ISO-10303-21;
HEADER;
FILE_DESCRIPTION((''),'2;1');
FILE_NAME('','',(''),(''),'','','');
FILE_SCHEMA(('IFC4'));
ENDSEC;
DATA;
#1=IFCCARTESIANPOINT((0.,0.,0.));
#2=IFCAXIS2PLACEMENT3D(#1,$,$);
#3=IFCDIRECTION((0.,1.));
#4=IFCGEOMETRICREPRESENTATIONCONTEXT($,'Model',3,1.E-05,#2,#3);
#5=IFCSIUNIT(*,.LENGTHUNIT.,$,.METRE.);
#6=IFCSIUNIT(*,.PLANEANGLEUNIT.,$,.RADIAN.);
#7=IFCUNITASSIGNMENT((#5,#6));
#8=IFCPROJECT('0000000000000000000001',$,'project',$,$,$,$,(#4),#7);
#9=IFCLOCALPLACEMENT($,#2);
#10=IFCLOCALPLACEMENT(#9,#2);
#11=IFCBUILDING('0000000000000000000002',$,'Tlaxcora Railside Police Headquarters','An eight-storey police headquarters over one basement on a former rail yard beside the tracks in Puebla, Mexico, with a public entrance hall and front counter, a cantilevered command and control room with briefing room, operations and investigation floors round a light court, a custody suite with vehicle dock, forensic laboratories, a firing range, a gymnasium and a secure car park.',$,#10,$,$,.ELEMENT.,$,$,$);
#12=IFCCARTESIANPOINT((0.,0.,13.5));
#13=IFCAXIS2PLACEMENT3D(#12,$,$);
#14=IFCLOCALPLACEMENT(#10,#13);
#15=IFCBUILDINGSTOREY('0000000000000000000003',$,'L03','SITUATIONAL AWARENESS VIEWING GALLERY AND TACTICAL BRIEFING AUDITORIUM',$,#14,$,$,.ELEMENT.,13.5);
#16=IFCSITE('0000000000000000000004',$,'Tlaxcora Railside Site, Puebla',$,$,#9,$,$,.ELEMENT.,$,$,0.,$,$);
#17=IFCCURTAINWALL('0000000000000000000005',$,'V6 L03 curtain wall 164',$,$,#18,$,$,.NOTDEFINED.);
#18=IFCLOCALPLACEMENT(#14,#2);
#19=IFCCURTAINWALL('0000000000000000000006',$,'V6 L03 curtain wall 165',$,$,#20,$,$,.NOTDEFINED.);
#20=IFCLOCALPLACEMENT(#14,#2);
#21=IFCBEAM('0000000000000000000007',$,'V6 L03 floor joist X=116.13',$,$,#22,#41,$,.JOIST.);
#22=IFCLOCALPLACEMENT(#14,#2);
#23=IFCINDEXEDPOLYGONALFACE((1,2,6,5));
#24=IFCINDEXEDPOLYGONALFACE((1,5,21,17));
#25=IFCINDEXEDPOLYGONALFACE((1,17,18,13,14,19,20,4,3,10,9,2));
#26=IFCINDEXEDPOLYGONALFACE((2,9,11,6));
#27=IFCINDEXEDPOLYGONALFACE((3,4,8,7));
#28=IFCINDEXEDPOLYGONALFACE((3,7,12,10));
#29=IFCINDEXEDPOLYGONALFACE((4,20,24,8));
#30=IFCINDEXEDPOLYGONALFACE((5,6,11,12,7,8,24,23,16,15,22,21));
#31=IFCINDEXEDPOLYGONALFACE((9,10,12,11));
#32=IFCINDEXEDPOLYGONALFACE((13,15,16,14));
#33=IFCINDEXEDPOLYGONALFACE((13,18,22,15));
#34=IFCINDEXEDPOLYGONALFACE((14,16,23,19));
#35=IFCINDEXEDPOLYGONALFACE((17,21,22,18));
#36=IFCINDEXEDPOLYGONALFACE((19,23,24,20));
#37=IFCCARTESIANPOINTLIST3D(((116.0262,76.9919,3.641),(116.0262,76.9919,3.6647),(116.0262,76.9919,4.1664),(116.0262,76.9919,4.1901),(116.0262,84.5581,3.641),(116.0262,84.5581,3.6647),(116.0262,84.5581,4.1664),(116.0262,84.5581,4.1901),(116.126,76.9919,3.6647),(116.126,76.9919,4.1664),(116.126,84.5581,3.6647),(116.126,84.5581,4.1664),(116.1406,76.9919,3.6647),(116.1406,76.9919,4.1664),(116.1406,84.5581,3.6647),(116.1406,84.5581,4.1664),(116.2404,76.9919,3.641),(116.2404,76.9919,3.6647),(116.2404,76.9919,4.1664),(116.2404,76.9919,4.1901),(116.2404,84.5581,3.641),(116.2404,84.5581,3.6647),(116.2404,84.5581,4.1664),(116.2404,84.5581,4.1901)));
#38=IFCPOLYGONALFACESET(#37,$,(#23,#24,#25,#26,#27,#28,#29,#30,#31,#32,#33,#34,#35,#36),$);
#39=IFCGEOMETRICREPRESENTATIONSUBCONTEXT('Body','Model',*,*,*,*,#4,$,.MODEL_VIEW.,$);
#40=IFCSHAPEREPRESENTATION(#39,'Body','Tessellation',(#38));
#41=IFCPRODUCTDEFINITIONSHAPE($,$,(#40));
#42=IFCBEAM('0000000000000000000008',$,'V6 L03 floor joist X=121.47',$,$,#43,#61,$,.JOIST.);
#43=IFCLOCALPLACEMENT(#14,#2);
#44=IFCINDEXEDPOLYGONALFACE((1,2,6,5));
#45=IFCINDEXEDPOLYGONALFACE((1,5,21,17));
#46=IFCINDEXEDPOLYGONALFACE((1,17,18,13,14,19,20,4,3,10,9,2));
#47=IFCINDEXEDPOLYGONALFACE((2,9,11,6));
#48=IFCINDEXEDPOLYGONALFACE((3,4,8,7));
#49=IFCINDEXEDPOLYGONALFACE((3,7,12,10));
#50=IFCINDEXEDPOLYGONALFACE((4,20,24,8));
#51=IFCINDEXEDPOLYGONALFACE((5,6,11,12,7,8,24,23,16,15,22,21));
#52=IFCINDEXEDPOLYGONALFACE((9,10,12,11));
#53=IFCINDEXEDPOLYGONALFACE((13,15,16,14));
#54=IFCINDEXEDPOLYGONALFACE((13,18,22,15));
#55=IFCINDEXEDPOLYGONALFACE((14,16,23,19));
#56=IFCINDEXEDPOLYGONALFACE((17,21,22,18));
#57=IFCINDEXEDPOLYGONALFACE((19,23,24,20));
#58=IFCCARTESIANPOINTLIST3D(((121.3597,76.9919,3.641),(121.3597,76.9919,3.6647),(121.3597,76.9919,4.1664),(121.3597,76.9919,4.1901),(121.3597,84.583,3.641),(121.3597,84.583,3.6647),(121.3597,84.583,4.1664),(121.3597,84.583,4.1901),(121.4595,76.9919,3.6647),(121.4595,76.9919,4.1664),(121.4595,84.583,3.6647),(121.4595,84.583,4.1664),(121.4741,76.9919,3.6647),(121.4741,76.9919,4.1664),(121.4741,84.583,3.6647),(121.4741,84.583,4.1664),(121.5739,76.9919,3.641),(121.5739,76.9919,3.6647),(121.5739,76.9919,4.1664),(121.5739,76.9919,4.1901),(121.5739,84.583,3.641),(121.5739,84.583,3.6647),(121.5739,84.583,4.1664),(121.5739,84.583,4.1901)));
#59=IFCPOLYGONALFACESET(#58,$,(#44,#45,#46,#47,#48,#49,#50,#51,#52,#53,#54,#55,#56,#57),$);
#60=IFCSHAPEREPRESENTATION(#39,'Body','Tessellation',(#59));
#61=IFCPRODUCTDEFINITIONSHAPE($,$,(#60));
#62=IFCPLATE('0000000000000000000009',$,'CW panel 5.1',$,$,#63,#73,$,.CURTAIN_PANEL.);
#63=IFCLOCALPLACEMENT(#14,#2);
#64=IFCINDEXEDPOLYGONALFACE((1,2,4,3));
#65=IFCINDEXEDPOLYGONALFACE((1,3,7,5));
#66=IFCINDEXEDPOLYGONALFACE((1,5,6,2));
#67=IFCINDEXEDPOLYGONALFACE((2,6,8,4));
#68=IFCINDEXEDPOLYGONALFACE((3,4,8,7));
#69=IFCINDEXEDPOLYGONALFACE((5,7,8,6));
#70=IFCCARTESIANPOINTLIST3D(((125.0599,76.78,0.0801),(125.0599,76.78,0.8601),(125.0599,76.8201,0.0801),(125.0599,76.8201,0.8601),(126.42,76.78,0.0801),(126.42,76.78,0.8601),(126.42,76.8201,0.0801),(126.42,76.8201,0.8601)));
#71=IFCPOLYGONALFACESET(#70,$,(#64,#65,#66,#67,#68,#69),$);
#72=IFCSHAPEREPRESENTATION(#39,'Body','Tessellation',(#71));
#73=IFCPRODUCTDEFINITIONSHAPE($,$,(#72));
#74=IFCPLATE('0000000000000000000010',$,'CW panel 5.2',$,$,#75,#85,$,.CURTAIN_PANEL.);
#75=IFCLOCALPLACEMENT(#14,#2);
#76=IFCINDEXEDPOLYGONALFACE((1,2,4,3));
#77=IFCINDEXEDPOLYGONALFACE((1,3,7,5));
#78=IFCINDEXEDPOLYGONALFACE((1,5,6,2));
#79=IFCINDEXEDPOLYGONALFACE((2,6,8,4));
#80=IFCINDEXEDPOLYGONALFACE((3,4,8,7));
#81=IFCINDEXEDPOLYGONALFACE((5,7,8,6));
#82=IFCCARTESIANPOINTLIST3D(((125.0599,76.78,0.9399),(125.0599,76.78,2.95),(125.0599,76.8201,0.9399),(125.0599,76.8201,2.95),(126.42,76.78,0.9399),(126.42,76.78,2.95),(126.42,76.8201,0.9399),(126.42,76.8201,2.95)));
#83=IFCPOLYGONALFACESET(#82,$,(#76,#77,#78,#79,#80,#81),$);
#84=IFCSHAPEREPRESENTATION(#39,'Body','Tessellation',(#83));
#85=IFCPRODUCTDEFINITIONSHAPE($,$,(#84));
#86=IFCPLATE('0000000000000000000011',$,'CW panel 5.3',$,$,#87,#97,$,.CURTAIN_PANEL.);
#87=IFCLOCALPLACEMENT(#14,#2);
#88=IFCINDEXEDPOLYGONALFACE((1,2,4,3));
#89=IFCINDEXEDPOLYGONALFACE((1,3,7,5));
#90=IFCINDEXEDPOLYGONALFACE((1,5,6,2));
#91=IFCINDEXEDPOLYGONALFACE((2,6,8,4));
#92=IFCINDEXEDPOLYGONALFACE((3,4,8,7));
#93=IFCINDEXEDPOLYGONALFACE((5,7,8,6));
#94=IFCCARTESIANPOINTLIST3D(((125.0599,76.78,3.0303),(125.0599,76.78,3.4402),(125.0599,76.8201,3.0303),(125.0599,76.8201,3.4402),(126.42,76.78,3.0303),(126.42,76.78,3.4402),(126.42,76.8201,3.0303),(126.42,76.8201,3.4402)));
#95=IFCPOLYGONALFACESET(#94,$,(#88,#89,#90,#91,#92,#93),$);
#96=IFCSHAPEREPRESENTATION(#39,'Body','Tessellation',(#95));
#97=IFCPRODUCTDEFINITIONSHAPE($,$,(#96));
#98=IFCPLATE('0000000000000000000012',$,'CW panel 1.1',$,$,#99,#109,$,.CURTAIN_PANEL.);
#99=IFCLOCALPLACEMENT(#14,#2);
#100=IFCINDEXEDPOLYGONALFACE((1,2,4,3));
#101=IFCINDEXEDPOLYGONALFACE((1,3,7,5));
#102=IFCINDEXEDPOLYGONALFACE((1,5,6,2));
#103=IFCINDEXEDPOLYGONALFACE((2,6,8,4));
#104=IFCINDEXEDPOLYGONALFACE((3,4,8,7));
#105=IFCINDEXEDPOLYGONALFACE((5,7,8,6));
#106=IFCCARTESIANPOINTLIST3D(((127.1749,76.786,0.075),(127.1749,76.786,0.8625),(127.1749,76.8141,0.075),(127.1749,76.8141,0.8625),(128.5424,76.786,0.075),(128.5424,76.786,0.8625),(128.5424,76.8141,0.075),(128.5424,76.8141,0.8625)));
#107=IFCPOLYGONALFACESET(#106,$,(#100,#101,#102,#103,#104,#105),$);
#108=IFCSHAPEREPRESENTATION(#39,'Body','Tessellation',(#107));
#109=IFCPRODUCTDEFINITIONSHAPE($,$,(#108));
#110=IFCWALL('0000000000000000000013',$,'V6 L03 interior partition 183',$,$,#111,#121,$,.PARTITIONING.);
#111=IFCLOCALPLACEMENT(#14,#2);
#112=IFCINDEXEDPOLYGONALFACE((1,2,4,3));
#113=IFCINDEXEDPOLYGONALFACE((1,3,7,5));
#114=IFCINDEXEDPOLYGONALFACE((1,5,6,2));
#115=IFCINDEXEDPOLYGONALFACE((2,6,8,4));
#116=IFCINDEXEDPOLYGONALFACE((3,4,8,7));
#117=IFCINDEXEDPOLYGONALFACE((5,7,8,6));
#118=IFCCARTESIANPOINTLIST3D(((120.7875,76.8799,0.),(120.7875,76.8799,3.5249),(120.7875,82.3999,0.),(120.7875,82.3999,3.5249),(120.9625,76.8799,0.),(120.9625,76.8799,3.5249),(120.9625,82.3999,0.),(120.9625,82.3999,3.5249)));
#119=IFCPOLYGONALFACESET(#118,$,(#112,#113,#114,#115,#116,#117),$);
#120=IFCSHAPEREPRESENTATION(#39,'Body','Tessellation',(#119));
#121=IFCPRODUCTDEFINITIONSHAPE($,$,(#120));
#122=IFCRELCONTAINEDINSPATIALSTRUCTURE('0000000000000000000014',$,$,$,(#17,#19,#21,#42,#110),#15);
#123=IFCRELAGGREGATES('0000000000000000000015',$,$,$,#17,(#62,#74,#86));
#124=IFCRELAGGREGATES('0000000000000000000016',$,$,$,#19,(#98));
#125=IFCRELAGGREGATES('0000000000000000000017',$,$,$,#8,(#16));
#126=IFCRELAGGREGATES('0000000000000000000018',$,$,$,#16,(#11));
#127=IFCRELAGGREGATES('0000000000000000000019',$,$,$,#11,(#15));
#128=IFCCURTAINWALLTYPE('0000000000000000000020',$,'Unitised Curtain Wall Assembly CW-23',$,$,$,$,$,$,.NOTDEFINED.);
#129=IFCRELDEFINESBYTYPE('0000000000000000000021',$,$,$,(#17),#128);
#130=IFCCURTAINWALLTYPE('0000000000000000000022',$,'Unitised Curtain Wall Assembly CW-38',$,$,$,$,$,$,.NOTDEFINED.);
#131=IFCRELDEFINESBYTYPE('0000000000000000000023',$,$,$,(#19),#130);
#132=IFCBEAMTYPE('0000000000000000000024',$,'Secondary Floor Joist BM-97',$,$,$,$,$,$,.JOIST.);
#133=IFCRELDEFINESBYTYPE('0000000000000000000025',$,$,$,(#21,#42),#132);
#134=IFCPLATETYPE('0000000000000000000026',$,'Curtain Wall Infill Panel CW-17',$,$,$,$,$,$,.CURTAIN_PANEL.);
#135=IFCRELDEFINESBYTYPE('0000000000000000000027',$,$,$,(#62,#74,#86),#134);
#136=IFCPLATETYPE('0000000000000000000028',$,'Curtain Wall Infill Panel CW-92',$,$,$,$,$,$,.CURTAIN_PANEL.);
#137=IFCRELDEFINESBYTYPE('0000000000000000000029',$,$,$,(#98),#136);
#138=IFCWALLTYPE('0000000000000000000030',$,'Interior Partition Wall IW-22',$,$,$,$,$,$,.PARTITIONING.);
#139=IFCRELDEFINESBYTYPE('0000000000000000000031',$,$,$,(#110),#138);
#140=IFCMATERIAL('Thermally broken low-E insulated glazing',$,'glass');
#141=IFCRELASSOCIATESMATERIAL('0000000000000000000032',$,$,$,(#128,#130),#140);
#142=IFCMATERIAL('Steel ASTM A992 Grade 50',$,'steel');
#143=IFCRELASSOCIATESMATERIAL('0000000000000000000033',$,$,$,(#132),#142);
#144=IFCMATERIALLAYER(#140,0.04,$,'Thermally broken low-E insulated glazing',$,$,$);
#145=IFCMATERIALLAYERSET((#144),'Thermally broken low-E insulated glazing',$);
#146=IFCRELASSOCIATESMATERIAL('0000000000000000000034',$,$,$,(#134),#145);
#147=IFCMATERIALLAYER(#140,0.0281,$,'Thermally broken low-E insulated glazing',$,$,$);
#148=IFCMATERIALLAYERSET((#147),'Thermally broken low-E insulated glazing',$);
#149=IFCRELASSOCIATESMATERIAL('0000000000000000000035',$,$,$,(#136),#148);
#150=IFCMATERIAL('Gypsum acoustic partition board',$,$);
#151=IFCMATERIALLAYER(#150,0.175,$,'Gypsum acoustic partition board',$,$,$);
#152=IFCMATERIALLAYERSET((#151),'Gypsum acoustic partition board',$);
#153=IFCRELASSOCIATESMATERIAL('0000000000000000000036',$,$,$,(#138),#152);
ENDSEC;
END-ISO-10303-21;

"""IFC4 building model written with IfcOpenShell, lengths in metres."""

from ifc_helpers import new_model, si_unit, direction, frame, frame_2d, origin, origin_2d, place, context, subcontext, project, spatial, rectangle, i_section, extrude, material, layer, layer_set, material_profile, profile_set, type_object, element, aggregate, save


model = new_model("IFC4")

# Units and contexts
model_context = context("Model", 3, precision=1e-05, world=origin(), true_north=direction((0.0, 1.0)))
body_context = subcontext(model_context, "Body", "Model", "MODEL_VIEW")
ifc_project = project(units=[si_unit("LENGTHUNIT", "METRE"), si_unit("PLANEANGLEUNIT", "RADIAN")], contexts=[model_context])

# Site, building, storey
site_placement = place(None, origin())
site = spatial("IfcSite", under=ifc_project, at=site_placement, Name="Tlaxcora Railside Site, Puebla", CompositionType="ELEMENT", RefElevation=0.0)
building_placement = place(site_placement, origin())
building = spatial("IfcBuilding", under=site, at=building_placement, Name="Tlaxcora Railside Police Headquarters", Description="An eight-storey police headquarters over one basement on a former rail yard beside the tracks in Puebla, Mexico, with a public entrance hall and front counter, a cantilevered command and control room with briefing room, operations and investigation floors round a light court, a custody suite with vehicle dock, forensic laboratories, a firing range, a gymnasium and a secure car park.", CompositionType="ELEMENT")
storey_placement = place(building_placement, frame((0.0, 0.0, 13.5)))
storey = spatial("IfcBuildingStorey", under=building, at=storey_placement, Name="L03", Description="SITUATIONAL AWARENESS VIEWING GALLERY AND TACTICAL BRIEFING AUDITORIUM", CompositionType="ELEMENT", Elevation=13.5)

# Curtain wall
ifc_material_1 = material(Name="Thermally broken low-E insulated glazing", Category="glass")
curtain_wall_type_1 = type_object("IfcCurtainWallType", Name="Unitised Curtain Wall Assembly CW-23", PredefinedType="NOTDEFINED", material=ifc_material_1)
curtain_wall_1_placement = place(storey_placement, origin())
curtain_wall_1 = element("IfcCurtainWall", 1, at=curtain_wall_1_placement, inside=storey, type_object=curtain_wall_type_1, Name="V6 L03 curtain wall 164", PredefinedType="NOTDEFINED")

# Curtain wall
curtain_wall_type_2 = type_object("IfcCurtainWallType", Name="Unitised Curtain Wall Assembly CW-38", PredefinedType="NOTDEFINED", material=ifc_material_1)
curtain_wall_2_placement = place(storey_placement, origin())
curtain_wall_2 = element("IfcCurtainWall", 2, at=curtain_wall_2_placement, inside=storey, type_object=curtain_wall_type_2, Name="V6 L03 curtain wall 165", PredefinedType="NOTDEFINED")

# Beams
ifc_material_2 = material(Name="Steel ASTM A992 Grade 50", Category="steel")
ifc_material_profile_1 = material_profile(ifc_material_2, i_section(OverallWidth=0.2141, OverallDepth=0.5491, WebThickness=0.0146, FlangeThickness=0.0237, at=origin_2d()), Name="W21X93")
ifc_profile_set_1 = profile_set([ifc_material_profile_1], Name="Steel ASTM A992 Grade 50")
beam_type_1 = type_object("IfcBeamType", Name="Secondary Floor Joist BM-97", PredefinedType="JOIST", material=ifc_profile_set_1)
beam_1_placement = place(storey_placement, frame((116.1333, 76.9919, 3.9155), z_axis=(0.0, 1.0, 0.0), x_axis=(-1.0, 0.0, 0.0)))
element("IfcBeam", 3, at=beam_1_placement, inside=storey, type_object=beam_type_1, Name="V6 L03 floor joist X=116.13", PredefinedType="JOIST", context=body_context, shape_type="SweptSolid", body=[
    extrude(i_section(OverallWidth=0.2141, OverallDepth=0.5491, WebThickness=0.0146, FlangeThickness=0.0237, at=origin_2d()), origin(), (0.0, 0.0, 1.0), 7.5662),
])
beam_2_placement = place(storey_placement, frame((121.4668, 76.9919, 3.9155), z_axis=(0.0, 1.0, 0.0), x_axis=(-1.0, 0.0, 0.0)))
element("IfcBeam", 4, at=beam_2_placement, inside=storey, type_object=beam_type_1, Name="V6 L03 floor joist X=121.47", PredefinedType="JOIST", context=body_context, shape_type="SweptSolid", body=[
    extrude(i_section(OverallWidth=0.2141, OverallDepth=0.5491, WebThickness=0.0146, FlangeThickness=0.0237, at=origin_2d()), origin(), (0.0, 0.0, 1.0), 7.5911),
])

# Plates
ifc_layer_1 = layer(ifc_material_1, 0.04, Name="Thermally broken low-E insulated glazing")
ifc_layer_set_1 = layer_set([ifc_layer_1], Name="Thermally broken low-E insulated glazing")
plate_type_1 = type_object("IfcPlateType", Name="Curtain Wall Infill Panel CW-17", PredefinedType="CURTAIN_PANEL", material=ifc_layer_set_1)
plate_1_placement = place(storey_placement, frame((125.74, 76.8, 0.0801), z_axis=(0.0, 0.0, 1.0), x_axis=(1.0, 0.0, 0.0)))
plate_1 = element("IfcPlate", 5, at=plate_1_placement, type_object=plate_type_1, Name="CW panel 5.1", PredefinedType="CURTAIN_PANEL", context=body_context, shape_type="SweptSolid", body=[
    extrude(rectangle(XDim=1.3601, YDim=0.04, at=origin_2d()), origin(), (0.0, 0.0, 1.0), 0.78),
])
plate_2_placement = place(storey_placement, frame((125.74, 76.8, 0.9399), z_axis=(0.0, 0.0, 1.0), x_axis=(1.0, 0.0, 0.0)))
plate_2 = element("IfcPlate", 6, at=plate_2_placement, type_object=plate_type_1, Name="CW panel 5.2", PredefinedType="CURTAIN_PANEL", context=body_context, shape_type="SweptSolid", body=[
    extrude(rectangle(XDim=1.3601, YDim=0.04, at=origin_2d()), origin(), (0.0, 0.0, 1.0), 2.01),
])
plate_3_placement = place(storey_placement, frame((125.74, 76.8, 3.0303), z_axis=(0.0, 0.0, 1.0), x_axis=(1.0, 0.0, 0.0)))
plate_3 = element("IfcPlate", 7, at=plate_3_placement, type_object=plate_type_1, Name="CW panel 5.3", PredefinedType="CURTAIN_PANEL", context=body_context, shape_type="SweptSolid", body=[
    extrude(rectangle(XDim=1.3601, YDim=0.04, at=origin_2d()), origin(), (0.0, 0.0, 1.0), 0.4099),
])
aggregate(curtain_wall_1, [plate_1, plate_2, plate_3])
ifc_layer_2 = layer(ifc_material_1, 0.0281, Name="Thermally broken low-E insulated glazing")
ifc_layer_set_2 = layer_set([ifc_layer_2], Name="Thermally broken low-E insulated glazing")
plate_type_2 = type_object("IfcPlateType", Name="Curtain Wall Infill Panel CW-92", PredefinedType="CURTAIN_PANEL", material=ifc_layer_set_2)
plate_4_placement = place(storey_placement, frame((127.8586, 76.8, 0.075), z_axis=(0.0, 0.0, 1.0), x_axis=(1.0, 0.0, 0.0)))
plate_4 = element("IfcPlate", 8, at=plate_4_placement, type_object=plate_type_2, Name="CW panel 1.1", PredefinedType="CURTAIN_PANEL", context=body_context, shape_type="SweptSolid", body=[
    extrude(rectangle(XDim=1.3674, YDim=0.0281, at=origin_2d()), origin(), (0.0, 0.0, 1.0), 0.7876),
])
aggregate(curtain_wall_2, [plate_4])

# Wall
ifc_material_3 = material(Name="Gypsum acoustic partition board")
ifc_layer_3 = layer(ifc_material_3, 0.175, Name="Gypsum acoustic partition board")
ifc_layer_set_3 = layer_set([ifc_layer_3], Name="Gypsum acoustic partition board")
wall_type = type_object("IfcWallType", Name="Interior Partition Wall IW-22", PredefinedType="PARTITIONING", material=ifc_layer_set_3)
wall_placement = place(storey_placement, frame((120.875, 76.8799, 0.0), z_axis=(0.0, 0.0, 1.0), x_axis=(0.0, 1.0, 0.0)))
element("IfcWall", 9, at=wall_placement, inside=storey, type_object=wall_type, Name="V6 L03 interior partition 183", PredefinedType="PARTITIONING", context=body_context, shape_type="SweptSolid", body=[
    extrude(rectangle(XDim=5.52, YDim=0.175, at=frame_2d((2.76, 0.0))), origin(), (0.0, 0.0, 1.0), 3.5249),
])

save(model, "model.ifc")
